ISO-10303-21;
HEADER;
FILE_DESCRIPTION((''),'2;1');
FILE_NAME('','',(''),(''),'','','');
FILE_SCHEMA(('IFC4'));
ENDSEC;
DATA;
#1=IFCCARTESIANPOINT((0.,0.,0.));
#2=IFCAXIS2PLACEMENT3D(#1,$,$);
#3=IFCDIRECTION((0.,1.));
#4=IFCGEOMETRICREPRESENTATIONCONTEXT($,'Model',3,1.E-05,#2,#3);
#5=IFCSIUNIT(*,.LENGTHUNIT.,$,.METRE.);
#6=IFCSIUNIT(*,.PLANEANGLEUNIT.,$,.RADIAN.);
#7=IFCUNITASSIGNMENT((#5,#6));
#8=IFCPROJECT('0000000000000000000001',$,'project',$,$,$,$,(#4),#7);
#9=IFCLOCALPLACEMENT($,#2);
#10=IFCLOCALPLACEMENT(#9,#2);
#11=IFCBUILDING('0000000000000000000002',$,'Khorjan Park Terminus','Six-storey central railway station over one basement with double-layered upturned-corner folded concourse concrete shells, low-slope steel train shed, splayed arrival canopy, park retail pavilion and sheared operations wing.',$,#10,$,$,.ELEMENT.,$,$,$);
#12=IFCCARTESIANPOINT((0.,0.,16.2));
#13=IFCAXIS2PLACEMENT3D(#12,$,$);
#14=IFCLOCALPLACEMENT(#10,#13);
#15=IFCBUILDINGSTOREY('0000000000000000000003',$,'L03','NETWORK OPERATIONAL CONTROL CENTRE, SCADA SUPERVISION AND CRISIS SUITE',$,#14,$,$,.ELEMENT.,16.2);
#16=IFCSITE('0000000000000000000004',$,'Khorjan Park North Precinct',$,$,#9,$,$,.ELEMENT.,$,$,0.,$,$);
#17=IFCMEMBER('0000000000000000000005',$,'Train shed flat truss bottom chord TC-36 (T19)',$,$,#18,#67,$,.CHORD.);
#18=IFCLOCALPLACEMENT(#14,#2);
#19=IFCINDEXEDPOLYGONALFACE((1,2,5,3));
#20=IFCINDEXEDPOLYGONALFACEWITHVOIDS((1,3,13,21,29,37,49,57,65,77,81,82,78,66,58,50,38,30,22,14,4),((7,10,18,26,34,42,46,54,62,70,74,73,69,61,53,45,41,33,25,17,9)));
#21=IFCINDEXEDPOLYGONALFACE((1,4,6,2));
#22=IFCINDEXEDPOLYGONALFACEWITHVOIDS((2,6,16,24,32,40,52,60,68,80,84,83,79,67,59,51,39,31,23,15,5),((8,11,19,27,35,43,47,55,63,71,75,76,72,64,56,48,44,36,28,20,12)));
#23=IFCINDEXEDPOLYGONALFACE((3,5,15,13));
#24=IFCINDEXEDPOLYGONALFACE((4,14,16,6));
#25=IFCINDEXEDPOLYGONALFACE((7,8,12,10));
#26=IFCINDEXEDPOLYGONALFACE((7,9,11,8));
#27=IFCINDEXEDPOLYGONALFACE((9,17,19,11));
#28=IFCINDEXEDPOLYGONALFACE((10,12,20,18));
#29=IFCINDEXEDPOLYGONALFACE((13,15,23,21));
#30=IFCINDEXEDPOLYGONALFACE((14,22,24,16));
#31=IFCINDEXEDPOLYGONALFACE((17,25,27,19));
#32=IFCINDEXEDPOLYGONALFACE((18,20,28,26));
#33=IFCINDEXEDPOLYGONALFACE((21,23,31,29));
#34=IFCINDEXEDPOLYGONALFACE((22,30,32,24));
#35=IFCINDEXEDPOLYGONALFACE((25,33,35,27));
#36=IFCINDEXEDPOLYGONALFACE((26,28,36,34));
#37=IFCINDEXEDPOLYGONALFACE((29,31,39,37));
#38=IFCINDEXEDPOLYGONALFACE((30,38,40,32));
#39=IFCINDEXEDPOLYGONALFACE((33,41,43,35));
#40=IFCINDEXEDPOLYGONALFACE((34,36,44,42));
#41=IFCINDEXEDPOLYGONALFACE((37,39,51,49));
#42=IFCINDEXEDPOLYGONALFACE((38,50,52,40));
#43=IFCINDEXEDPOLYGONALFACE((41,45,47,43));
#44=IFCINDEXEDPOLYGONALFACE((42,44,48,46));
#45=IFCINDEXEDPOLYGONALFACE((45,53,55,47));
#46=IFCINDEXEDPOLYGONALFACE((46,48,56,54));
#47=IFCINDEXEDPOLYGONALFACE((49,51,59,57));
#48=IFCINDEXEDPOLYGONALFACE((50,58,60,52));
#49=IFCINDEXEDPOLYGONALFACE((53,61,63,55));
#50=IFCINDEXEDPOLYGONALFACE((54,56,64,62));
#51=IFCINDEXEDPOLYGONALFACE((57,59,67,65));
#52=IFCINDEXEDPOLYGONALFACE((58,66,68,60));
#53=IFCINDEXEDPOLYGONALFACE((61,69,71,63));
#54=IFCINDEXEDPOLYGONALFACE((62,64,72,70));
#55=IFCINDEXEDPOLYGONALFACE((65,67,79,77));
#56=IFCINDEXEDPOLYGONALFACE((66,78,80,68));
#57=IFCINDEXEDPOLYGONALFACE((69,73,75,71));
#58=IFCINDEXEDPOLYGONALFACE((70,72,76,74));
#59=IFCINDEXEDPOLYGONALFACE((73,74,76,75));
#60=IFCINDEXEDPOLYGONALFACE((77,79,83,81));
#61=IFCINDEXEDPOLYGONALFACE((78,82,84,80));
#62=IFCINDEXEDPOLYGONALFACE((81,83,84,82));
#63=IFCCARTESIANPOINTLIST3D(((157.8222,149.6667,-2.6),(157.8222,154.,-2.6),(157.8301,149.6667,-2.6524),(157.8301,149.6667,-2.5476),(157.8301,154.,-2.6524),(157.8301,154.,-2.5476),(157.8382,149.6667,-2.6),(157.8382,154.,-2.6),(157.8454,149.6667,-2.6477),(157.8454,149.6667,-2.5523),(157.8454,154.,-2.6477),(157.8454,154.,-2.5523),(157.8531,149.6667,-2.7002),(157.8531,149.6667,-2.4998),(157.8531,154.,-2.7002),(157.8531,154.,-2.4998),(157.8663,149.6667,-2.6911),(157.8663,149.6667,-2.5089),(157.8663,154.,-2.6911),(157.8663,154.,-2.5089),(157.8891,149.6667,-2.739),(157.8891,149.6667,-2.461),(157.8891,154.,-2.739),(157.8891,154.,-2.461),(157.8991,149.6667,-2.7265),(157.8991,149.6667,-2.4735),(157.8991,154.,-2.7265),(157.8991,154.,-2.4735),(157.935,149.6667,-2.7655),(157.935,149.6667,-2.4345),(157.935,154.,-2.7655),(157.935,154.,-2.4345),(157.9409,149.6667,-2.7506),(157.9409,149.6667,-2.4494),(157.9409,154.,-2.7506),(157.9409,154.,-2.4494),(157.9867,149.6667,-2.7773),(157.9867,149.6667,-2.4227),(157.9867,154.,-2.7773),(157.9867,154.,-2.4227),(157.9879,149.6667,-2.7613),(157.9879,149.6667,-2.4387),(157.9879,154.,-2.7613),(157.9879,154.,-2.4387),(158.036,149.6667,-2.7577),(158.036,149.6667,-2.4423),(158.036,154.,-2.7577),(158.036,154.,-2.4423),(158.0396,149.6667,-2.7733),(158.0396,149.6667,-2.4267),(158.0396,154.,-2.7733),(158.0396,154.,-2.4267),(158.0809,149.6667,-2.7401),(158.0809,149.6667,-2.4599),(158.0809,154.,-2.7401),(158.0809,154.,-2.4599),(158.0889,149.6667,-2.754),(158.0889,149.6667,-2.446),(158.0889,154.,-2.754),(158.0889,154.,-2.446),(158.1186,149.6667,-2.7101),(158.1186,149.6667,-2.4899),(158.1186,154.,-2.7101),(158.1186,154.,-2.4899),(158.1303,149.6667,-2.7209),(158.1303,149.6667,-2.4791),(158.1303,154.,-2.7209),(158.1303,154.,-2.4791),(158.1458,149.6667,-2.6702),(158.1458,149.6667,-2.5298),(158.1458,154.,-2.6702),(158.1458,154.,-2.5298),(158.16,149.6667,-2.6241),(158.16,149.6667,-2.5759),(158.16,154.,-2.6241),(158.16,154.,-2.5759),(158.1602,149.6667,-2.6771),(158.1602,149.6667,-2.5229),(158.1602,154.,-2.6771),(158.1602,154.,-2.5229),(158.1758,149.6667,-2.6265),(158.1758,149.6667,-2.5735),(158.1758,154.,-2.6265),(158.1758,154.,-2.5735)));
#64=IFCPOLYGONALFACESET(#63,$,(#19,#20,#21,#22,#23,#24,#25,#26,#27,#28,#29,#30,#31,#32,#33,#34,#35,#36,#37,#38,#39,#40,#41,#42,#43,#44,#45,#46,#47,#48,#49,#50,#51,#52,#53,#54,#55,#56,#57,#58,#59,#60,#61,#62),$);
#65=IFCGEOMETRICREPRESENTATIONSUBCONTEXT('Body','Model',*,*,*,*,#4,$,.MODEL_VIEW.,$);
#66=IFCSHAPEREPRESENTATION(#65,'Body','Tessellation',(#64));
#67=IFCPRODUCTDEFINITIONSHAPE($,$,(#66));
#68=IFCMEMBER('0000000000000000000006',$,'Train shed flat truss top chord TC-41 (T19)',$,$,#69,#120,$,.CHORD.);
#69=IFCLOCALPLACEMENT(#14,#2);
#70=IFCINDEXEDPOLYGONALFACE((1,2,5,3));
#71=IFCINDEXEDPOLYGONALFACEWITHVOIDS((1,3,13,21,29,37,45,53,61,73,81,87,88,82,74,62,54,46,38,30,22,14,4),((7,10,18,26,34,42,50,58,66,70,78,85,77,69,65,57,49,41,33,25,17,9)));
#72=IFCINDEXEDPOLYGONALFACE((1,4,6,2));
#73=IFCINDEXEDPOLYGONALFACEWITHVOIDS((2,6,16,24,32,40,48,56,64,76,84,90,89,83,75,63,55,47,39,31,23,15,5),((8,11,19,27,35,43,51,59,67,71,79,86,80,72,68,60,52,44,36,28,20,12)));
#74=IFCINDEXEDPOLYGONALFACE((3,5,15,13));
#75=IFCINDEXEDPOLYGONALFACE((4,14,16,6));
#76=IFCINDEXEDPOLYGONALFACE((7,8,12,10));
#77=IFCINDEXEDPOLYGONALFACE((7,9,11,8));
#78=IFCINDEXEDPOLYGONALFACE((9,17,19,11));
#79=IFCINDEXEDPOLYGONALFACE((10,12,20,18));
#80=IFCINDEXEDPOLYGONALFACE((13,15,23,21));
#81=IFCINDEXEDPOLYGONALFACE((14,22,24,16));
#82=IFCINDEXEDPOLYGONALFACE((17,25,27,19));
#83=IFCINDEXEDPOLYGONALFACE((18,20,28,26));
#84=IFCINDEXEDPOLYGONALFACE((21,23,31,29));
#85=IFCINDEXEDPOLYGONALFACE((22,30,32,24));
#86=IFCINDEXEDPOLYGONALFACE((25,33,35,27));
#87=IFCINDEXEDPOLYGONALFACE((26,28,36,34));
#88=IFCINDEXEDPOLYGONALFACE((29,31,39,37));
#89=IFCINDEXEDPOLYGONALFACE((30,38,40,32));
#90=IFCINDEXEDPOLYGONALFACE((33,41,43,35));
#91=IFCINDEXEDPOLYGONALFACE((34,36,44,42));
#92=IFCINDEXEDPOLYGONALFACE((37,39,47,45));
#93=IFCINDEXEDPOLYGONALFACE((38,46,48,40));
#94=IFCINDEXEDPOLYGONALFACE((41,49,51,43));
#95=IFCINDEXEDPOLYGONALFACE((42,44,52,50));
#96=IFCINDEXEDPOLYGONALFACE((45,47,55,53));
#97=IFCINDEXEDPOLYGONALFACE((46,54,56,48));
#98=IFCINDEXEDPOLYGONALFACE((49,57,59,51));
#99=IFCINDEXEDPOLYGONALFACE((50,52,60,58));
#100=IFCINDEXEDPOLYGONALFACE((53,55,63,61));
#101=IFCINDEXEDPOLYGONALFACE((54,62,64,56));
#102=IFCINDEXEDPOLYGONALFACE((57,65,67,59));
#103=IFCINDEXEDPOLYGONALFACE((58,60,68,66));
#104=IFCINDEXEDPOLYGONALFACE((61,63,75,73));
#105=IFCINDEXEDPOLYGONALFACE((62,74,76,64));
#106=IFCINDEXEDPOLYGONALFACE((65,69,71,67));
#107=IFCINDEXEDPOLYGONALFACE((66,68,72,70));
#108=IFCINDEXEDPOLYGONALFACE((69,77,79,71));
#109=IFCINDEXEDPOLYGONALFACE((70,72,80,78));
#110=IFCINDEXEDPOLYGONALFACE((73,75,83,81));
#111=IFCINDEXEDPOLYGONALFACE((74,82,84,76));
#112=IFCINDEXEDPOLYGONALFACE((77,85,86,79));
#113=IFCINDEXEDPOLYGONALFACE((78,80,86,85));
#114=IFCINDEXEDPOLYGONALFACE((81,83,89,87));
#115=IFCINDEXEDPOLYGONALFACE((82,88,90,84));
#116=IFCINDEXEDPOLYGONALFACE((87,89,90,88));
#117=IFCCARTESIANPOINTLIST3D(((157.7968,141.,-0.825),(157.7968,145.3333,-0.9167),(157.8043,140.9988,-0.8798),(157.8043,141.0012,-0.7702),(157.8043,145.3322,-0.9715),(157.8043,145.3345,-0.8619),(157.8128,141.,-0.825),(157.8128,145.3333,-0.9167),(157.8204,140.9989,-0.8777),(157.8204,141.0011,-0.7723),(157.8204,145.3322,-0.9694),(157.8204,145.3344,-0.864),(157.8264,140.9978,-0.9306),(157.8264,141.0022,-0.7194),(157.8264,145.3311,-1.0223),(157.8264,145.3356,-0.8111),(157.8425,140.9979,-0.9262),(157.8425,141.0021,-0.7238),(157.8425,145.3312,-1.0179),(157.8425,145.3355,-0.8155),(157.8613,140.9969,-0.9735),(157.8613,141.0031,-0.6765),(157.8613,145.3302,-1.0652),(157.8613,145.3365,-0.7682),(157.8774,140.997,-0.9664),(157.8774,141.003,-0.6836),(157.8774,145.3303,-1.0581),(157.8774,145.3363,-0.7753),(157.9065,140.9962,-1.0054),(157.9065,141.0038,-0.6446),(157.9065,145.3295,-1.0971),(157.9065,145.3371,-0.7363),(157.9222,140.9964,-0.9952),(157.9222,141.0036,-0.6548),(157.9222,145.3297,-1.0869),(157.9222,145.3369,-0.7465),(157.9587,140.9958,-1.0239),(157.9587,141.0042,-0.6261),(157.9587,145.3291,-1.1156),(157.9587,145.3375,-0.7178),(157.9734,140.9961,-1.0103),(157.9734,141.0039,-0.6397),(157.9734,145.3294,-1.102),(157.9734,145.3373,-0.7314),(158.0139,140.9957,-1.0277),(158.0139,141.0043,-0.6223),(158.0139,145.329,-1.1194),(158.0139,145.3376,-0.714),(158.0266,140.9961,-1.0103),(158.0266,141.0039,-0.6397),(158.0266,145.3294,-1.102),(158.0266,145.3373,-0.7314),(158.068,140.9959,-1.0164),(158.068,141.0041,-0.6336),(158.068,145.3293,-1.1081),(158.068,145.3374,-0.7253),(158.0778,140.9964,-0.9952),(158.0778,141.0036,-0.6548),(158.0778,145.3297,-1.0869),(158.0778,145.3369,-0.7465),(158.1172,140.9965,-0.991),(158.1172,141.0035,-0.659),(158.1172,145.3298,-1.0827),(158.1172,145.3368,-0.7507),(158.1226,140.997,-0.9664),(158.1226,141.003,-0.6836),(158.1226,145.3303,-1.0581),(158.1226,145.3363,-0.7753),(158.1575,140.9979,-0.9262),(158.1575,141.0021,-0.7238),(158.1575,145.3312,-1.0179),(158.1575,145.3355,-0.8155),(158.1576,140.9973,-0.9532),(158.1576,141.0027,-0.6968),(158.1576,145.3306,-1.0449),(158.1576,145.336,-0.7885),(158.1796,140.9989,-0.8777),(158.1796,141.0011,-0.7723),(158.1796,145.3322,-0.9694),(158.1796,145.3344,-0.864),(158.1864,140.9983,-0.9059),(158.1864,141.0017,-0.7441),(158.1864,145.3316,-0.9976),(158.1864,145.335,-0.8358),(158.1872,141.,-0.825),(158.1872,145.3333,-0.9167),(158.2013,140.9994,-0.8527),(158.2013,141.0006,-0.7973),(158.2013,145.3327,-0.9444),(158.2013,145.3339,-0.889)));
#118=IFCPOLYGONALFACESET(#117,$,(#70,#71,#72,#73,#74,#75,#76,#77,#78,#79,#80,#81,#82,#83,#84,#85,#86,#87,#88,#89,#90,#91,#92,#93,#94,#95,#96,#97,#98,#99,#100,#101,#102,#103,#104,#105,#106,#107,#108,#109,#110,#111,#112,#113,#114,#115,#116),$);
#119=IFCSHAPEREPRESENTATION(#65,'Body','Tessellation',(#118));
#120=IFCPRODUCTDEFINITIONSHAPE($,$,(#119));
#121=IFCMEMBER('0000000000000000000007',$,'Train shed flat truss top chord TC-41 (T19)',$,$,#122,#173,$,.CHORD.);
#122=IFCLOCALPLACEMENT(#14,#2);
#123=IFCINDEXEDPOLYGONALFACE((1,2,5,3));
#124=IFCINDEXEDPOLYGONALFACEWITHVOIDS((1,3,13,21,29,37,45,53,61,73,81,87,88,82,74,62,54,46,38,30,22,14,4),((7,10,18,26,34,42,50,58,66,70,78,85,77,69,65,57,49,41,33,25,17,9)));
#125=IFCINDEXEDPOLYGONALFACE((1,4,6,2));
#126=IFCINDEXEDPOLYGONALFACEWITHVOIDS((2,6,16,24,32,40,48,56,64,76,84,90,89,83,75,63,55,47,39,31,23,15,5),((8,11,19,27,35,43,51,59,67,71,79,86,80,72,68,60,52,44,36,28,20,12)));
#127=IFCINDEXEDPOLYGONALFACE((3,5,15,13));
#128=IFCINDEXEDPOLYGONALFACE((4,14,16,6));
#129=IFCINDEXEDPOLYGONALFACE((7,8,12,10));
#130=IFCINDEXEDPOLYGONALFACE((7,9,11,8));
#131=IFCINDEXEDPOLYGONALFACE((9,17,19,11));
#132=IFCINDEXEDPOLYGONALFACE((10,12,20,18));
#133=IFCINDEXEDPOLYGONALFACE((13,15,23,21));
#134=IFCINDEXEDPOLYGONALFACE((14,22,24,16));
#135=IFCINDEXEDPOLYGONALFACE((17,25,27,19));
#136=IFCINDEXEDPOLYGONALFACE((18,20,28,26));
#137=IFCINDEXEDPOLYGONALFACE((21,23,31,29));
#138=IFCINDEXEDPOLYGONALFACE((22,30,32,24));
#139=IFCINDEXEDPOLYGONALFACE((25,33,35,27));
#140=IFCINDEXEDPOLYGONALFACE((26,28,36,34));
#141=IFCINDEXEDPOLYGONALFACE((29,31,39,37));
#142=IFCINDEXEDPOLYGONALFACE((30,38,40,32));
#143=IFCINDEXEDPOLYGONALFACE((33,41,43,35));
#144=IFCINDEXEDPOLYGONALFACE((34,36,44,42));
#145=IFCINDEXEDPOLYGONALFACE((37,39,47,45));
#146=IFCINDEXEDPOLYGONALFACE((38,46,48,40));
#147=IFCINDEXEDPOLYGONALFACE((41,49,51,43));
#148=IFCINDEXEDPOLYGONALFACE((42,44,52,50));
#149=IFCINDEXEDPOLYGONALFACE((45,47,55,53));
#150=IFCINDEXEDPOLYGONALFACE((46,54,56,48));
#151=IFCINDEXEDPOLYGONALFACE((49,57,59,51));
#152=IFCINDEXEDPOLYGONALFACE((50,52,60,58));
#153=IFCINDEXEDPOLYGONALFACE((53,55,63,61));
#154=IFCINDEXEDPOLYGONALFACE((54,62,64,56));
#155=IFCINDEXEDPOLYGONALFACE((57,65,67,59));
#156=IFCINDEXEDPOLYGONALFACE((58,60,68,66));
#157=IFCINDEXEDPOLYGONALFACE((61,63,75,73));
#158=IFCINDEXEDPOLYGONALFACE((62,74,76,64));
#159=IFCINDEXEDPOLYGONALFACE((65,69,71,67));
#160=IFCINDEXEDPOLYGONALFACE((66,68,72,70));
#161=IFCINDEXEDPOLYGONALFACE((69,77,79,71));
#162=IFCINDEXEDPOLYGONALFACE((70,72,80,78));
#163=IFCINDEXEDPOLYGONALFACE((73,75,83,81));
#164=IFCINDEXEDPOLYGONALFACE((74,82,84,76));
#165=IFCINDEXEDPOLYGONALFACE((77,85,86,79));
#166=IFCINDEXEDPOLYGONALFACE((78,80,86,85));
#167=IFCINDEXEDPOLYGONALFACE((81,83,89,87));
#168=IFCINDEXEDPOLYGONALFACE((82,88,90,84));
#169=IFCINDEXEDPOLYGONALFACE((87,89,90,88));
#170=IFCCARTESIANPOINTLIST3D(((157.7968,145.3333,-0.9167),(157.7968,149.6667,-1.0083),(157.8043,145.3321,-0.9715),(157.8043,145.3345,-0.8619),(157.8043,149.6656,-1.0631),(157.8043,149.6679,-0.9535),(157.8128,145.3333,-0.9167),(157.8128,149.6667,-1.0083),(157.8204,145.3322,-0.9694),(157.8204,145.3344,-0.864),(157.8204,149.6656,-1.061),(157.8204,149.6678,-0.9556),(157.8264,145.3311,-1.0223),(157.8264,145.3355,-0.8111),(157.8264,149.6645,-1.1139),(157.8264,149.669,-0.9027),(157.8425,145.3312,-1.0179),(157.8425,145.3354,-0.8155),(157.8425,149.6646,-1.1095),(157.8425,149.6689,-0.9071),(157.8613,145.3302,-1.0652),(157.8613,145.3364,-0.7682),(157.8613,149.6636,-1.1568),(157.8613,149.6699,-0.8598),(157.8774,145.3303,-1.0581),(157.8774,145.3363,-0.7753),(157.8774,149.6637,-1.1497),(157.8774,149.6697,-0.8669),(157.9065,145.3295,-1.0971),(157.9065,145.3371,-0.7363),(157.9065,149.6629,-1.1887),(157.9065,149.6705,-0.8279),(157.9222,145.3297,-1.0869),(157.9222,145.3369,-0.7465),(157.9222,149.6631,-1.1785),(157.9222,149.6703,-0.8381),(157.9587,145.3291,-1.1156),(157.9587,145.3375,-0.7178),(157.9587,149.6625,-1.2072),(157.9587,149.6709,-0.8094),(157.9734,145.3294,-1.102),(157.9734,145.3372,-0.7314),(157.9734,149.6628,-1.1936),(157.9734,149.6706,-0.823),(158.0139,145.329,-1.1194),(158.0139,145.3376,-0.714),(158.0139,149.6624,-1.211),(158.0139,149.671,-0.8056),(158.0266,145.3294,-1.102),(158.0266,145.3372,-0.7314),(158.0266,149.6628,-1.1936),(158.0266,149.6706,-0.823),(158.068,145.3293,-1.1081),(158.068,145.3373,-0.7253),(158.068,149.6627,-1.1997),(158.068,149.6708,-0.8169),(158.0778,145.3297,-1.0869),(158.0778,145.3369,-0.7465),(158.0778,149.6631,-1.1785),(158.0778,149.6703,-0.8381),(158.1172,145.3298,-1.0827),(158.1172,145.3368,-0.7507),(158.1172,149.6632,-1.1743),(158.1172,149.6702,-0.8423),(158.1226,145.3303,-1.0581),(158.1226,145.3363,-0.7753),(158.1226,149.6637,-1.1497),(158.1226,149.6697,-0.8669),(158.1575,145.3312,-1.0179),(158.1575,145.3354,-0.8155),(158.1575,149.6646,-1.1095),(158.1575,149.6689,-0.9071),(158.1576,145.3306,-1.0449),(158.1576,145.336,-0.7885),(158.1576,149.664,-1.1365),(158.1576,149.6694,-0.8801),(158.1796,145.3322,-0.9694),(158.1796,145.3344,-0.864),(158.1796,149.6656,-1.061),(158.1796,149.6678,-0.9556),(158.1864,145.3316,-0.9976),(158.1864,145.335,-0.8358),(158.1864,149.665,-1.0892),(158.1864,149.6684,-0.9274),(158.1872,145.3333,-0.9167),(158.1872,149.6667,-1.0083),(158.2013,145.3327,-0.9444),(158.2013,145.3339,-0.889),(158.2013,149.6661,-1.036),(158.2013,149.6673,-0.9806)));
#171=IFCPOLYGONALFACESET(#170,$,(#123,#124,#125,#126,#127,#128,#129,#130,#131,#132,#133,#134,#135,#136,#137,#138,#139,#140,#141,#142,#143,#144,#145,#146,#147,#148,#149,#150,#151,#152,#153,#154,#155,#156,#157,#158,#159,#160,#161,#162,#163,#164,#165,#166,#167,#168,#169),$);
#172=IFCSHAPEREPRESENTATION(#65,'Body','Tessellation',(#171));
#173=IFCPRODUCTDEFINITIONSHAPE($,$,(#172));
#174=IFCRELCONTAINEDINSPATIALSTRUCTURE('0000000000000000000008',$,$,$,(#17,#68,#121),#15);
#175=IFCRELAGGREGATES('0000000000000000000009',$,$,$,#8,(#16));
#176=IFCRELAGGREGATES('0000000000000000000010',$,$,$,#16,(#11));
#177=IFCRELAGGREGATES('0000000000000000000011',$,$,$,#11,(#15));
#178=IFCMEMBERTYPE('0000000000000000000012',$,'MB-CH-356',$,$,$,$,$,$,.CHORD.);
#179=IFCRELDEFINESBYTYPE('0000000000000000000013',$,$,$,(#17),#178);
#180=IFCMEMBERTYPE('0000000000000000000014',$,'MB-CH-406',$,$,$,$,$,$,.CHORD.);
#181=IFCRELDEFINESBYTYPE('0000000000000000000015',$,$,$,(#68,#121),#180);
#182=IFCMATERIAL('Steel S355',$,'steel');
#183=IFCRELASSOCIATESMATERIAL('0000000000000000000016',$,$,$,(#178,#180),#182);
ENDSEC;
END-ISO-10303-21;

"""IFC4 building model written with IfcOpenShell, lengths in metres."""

from ifc_helpers import new_model, si_unit, direction, frame, origin, origin_2d, place, context, subcontext, project, spatial, hollow_circle, extrude, material, material_profile, profile_set, type_object, element, save


model = new_model("IFC4")

# Units and contexts
model_context = context("Model", 3, precision=1e-05, world=origin(), true_north=direction((0.0, 1.0)))
body_context = subcontext(model_context, "Body", "Model", "MODEL_VIEW")
ifc_project = project(units=[si_unit("LENGTHUNIT", "METRE"), si_unit("PLANEANGLEUNIT", "RADIAN")], contexts=[model_context])

# Site, building, storey
site_placement = place(None, origin())
site = spatial("IfcSite", under=ifc_project, at=site_placement, Name="Khorjan Park North Precinct", CompositionType="ELEMENT", RefElevation=0.0)
building_placement = place(site_placement, origin())
building = spatial("IfcBuilding", under=site, at=building_placement, Name="Khorjan Park Terminus", Description="Six-storey central railway station over one basement with double-layered upturned-corner folded concourse concrete shells, low-slope steel train shed, splayed arrival canopy, park retail pavilion and sheared operations wing.", CompositionType="ELEMENT")
storey_placement = place(building_placement, frame((0.0, 0.0, 16.2)))
storey = spatial("IfcBuildingStorey", under=building, at=storey_placement, Name="L03", Description="NETWORK OPERATIONAL CONTROL CENTRE, SCADA SUPERVISION AND CRISIS SUITE", CompositionType="ELEMENT", Elevation=16.2)

# Members
ifc_material = material(Name="Steel S355", Category="steel")
ifc_material_profile_1 = material_profile(ifc_material, hollow_circle(Radius=0.1778, WallThickness=0.016, at=origin_2d()), Name="CHS 355.6x16")
ifc_profile_set_1 = profile_set([ifc_material_profile_1], Name="Steel S355")
member_type_1 = type_object("IfcMemberType", Name="MB-CH-356", PredefinedType="CHORD", material=ifc_profile_set_1)
member_1_placement = place(storey_placement, frame((158.0, 149.6667, -2.6), z_axis=(0.0, 1.0, 0.0), x_axis=(-1.0, 0.0, 0.0)))
element("IfcMember", 1, at=member_1_placement, inside=storey, type_object=member_type_1, Name="Train shed flat truss bottom chord TC-36 (T19)", PredefinedType="CHORD", context=body_context, shape_type="SweptSolid", body=[
    extrude(hollow_circle(Radius=0.1778, WallThickness=0.016, at=origin_2d()), origin(), (0.0, 0.0, 1.0), 4.3333),
])
ifc_material_profile_2 = material_profile(ifc_material, hollow_circle(Radius=0.2032, WallThickness=0.016, at=origin_2d()), Name="CHS 406.4x16")
ifc_profile_set_2 = profile_set([ifc_material_profile_2], Name="Steel S355")
member_type_2 = type_object("IfcMemberType", Name="MB-CH-406", PredefinedType="CHORD", material=ifc_profile_set_2)
member_2_placement = place(storey_placement, frame((158.0, 141.0, -0.825), z_axis=(0.0, 0.999776, -0.021157), x_axis=(-1.0, 0.0, 0.0)))
element("IfcMember", 2, at=member_2_placement, inside=storey, type_object=member_type_2, Name="Train shed flat truss top chord TC-41 (T19)", PredefinedType="CHORD", context=body_context, shape_type="SweptSolid", body=[
    extrude(hollow_circle(Radius=0.2032, WallThickness=0.016, at=origin_2d()), origin(), (0.0, 0.0, 1.0), 4.3343),
])
member_3_placement = place(storey_placement, frame((158.0, 145.3333, -0.9167), z_axis=(0.0, 0.999777, -0.021133), x_axis=(-1.0, 0.0, 0.0)))
element("IfcMember", 3, at=member_3_placement, inside=storey, type_object=member_type_2, Name="Train shed flat truss top chord TC-41 (T19)", PredefinedType="CHORD", context=body_context, shape_type="SweptSolid", body=[
    extrude(hollow_circle(Radius=0.2032, WallThickness=0.016, at=origin_2d()), origin(), (0.0, 0.0, 1.0), 4.3344),
])

save(model, "model.ifc")
